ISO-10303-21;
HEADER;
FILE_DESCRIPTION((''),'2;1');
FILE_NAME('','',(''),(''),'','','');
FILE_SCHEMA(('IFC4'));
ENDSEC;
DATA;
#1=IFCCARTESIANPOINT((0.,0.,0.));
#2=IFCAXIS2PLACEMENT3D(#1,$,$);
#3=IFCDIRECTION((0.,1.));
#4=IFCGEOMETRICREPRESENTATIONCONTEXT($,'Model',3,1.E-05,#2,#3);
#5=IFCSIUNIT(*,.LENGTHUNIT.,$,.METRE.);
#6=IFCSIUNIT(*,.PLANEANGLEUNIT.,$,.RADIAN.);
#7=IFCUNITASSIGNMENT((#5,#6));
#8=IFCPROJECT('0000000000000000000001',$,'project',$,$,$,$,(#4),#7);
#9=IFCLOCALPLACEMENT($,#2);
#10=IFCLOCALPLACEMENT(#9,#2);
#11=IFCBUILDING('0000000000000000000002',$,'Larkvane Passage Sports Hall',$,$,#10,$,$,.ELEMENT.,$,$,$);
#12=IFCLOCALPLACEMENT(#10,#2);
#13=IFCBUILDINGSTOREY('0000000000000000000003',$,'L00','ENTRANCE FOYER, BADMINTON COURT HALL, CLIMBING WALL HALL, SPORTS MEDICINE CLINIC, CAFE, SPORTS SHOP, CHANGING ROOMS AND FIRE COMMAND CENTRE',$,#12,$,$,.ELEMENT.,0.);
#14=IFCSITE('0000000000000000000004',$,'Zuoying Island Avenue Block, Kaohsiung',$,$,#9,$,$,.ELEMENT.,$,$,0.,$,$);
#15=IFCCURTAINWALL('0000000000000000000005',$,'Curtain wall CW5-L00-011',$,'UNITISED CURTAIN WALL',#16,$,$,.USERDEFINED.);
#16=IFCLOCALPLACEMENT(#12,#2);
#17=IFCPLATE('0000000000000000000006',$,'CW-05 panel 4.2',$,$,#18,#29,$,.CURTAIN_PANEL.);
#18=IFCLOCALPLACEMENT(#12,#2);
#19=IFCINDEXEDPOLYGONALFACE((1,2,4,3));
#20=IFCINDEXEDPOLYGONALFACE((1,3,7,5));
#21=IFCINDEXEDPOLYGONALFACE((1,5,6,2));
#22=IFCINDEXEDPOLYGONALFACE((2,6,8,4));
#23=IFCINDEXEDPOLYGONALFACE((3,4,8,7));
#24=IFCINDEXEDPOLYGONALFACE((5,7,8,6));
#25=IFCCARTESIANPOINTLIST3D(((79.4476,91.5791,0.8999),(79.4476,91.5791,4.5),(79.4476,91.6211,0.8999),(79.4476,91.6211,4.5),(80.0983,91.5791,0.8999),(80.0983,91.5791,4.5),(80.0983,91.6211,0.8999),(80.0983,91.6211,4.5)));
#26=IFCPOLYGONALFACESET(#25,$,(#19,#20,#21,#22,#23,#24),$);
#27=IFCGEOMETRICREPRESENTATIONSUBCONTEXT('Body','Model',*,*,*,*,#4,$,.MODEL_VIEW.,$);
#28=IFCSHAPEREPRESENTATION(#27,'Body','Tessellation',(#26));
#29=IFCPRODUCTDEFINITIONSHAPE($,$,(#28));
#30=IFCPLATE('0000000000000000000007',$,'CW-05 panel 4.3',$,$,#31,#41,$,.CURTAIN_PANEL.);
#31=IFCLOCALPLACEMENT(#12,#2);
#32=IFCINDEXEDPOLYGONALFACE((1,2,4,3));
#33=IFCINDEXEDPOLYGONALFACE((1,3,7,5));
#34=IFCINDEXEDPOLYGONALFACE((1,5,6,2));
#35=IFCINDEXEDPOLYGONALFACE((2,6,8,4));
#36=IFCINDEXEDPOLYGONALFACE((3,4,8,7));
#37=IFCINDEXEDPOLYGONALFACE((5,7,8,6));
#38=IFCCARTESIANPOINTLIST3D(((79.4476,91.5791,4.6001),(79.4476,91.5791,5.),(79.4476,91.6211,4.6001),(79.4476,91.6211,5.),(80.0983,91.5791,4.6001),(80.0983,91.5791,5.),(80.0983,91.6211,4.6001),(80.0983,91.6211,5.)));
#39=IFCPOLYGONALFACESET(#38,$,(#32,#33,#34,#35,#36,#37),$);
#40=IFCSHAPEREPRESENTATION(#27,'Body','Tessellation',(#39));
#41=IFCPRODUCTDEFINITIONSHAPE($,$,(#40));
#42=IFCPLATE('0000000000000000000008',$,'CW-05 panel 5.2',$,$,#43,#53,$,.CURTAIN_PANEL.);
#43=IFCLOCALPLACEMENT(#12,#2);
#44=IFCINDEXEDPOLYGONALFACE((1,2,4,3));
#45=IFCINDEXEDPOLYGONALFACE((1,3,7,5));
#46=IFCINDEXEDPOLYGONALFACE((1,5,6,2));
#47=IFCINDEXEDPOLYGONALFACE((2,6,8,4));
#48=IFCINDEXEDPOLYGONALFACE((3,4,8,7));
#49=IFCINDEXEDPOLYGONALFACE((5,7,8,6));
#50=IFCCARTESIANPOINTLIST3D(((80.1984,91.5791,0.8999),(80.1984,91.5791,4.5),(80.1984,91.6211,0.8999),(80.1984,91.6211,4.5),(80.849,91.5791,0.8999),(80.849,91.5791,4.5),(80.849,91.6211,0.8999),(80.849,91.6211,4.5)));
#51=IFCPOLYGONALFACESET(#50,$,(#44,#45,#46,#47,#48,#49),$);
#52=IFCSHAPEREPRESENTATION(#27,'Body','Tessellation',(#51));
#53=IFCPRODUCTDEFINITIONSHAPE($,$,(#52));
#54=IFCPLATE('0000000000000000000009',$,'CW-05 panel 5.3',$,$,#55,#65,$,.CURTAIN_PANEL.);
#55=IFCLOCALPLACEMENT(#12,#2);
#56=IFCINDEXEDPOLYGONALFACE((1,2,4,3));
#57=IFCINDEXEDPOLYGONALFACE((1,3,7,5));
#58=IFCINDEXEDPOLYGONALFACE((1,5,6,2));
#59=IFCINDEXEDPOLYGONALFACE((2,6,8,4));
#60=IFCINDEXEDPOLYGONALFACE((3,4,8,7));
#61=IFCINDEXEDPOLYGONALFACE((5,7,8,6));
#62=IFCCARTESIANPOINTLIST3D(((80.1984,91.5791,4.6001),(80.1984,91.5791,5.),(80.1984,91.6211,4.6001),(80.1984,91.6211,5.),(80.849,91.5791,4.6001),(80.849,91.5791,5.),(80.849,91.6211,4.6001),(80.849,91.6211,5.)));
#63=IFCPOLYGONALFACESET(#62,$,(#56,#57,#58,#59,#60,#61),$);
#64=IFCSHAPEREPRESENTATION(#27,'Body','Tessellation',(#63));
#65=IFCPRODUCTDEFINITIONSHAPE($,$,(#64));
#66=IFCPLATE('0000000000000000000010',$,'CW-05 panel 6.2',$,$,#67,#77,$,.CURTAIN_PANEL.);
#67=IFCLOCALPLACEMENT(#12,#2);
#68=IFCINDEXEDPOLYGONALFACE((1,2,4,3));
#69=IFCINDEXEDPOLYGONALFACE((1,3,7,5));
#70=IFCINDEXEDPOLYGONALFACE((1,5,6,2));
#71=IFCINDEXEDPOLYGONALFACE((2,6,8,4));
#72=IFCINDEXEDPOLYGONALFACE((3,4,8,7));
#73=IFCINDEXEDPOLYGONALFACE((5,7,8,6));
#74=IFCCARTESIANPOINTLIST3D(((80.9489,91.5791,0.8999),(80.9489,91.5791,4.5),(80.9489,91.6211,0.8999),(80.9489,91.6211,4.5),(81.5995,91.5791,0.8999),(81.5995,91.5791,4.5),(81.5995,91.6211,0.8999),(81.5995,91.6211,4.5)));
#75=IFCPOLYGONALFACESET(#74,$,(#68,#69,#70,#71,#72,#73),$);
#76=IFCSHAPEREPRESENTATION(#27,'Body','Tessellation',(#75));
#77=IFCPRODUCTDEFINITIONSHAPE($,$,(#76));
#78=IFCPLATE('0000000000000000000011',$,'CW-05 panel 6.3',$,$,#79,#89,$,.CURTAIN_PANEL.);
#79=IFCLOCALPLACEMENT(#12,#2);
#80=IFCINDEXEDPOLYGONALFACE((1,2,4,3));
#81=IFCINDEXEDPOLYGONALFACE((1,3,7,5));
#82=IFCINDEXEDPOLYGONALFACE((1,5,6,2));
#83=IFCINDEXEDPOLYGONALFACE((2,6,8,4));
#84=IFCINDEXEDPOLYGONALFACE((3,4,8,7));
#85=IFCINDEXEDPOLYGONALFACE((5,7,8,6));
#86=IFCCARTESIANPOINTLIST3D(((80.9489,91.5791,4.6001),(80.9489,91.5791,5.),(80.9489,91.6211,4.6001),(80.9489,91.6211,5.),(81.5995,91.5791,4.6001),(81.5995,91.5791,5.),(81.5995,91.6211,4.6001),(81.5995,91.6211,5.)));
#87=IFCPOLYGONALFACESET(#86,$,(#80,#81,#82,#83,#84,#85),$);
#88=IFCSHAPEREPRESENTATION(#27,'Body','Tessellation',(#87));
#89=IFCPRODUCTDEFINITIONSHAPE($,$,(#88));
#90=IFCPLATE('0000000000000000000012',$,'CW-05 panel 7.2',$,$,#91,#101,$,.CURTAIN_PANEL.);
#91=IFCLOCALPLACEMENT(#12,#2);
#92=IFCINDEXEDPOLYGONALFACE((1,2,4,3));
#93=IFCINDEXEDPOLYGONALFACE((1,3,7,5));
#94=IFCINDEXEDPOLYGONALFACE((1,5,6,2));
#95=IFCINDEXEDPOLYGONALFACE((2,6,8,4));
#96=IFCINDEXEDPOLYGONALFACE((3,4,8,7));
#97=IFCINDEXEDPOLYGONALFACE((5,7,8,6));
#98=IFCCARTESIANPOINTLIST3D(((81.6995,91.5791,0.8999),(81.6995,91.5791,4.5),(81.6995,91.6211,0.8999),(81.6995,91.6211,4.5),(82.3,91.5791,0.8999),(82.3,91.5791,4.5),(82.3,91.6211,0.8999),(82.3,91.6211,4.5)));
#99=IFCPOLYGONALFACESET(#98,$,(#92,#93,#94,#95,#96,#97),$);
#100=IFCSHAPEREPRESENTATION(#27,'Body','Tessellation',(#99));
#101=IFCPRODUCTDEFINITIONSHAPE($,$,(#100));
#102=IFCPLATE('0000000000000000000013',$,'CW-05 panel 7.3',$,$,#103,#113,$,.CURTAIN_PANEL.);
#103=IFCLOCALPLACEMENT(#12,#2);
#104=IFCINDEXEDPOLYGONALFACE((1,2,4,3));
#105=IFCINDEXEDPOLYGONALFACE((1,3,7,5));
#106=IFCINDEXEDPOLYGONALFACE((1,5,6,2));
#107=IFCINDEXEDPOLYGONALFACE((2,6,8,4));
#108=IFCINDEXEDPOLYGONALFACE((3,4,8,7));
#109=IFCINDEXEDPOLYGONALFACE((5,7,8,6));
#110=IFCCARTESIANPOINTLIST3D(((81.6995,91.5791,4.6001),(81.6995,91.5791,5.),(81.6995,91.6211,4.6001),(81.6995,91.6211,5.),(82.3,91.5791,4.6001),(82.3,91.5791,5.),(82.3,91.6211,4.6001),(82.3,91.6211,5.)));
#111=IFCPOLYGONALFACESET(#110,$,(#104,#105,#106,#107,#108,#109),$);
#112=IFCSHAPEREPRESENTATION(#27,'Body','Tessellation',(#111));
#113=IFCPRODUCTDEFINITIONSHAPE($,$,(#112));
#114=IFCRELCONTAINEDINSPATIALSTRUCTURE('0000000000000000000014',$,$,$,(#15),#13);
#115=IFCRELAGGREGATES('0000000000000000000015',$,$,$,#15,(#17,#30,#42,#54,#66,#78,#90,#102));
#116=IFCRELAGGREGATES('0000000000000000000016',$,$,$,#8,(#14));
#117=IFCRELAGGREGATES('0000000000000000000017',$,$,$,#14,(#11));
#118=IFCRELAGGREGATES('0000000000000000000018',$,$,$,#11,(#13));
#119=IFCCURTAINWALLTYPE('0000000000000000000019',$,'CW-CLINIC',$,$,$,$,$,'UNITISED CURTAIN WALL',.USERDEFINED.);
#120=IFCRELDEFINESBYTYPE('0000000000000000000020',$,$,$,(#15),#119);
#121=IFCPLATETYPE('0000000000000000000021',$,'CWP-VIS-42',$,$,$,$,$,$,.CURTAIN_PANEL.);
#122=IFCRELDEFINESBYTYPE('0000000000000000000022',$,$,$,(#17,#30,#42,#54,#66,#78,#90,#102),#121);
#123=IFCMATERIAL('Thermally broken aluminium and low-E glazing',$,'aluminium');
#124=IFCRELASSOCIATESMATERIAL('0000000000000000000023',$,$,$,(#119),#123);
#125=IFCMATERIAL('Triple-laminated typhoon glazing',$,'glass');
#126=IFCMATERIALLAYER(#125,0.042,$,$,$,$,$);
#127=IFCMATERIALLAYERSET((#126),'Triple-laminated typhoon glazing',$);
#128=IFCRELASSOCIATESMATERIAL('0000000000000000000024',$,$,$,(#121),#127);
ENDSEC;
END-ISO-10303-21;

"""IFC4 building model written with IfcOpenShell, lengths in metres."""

from ifc_helpers import new_model, si_unit, direction, frame, origin, origin_2d, place, context, subcontext, project, spatial, rectangle, extrude, material, layer, layer_set, type_object, element, aggregate, save


model = new_model("IFC4")

# Units and contexts
model_context = context("Model", 3, precision=1e-05, world=origin(), true_north=direction((0.0, 1.0)))
body_context = subcontext(model_context, "Body", "Model", "MODEL_VIEW")
ifc_project = project(units=[si_unit("LENGTHUNIT", "METRE"), si_unit("PLANEANGLEUNIT", "RADIAN")], contexts=[model_context])

# Site, building, storey
site_placement = place(None, origin())
site = spatial("IfcSite", under=ifc_project, at=site_placement, Name="Zuoying Island Avenue Block, Kaohsiung", CompositionType="ELEMENT", RefElevation=0.0)
building_placement = place(site_placement, origin())
building = spatial("IfcBuilding", under=site, at=building_placement, Name="Larkvane Passage Sports Hall", CompositionType="ELEMENT")
storey_placement = place(building_placement, origin())
storey = spatial("IfcBuildingStorey", under=building, at=storey_placement, Name="L00", Description="ENTRANCE FOYER, BADMINTON COURT HALL, CLIMBING WALL HALL, SPORTS MEDICINE CLINIC, CAFE, SPORTS SHOP, CHANGING ROOMS AND FIRE COMMAND CENTRE", CompositionType="ELEMENT", Elevation=0.0)

# Curtain wall, plates
ifc_material_1 = material(Name="Thermally broken aluminium and low-E glazing", Category="aluminium")
curtain_wall_type = type_object("IfcCurtainWallType", Name="CW-CLINIC", ElementType="UNITISED CURTAIN WALL", PredefinedType="USERDEFINED", material=ifc_material_1)
curtain_wall_placement = place(storey_placement, origin())
curtain_wall = element("IfcCurtainWall", 1, at=curtain_wall_placement, inside=storey, type_object=curtain_wall_type, Name="Curtain wall CW5-L00-011", ObjectType="UNITISED CURTAIN WALL", PredefinedType="USERDEFINED")
ifc_material_2 = material(Name="Triple-laminated typhoon glazing", Category="glass")
ifc_layer = layer(ifc_material_2, 0.042)
ifc_layer_set = layer_set([ifc_layer], Name="Triple-laminated typhoon glazing")
plate_type = type_object("IfcPlateType", Name="CWP-VIS-42", PredefinedType="CURTAIN_PANEL", material=ifc_layer_set)
plate_1_placement = place(storey_placement, frame((79.7729, 91.6001, 0.8999), z_axis=(0.0, 0.0, 1.0), x_axis=(1.0, 0.0, 0.0)))
plate_1 = element("IfcPlate", 2, at=plate_1_placement, type_object=plate_type, Name="CW-05 panel 4.2", PredefinedType="CURTAIN_PANEL", context=body_context, shape_type="SweptSolid", body=[
    extrude(rectangle(XDim=0.6506, YDim=0.042, at=origin_2d()), origin(), (0.0, 0.0, 1.0), 3.6001),
])
plate_2_placement = place(storey_placement, frame((79.7729, 91.6001, 4.6001), z_axis=(0.0, 0.0, 1.0), x_axis=(1.0, 0.0, 0.0)))
plate_2 = element("IfcPlate", 3, at=plate_2_placement, type_object=plate_type, Name="CW-05 panel 4.3", PredefinedType="CURTAIN_PANEL", context=body_context, shape_type="SweptSolid", body=[
    extrude(rectangle(XDim=0.6506, YDim=0.042, at=origin_2d()), origin(), (0.0, 0.0, 1.0), 0.3999),
])
plate_3_placement = place(storey_placement, frame((80.5237, 91.6001, 0.8999), z_axis=(0.0, 0.0, 1.0), x_axis=(1.0, 0.0, 0.0)))
plate_3 = element("IfcPlate", 4, at=plate_3_placement, type_object=plate_type, Name="CW-05 panel 5.2", PredefinedType="CURTAIN_PANEL", context=body_context, shape_type="SweptSolid", body=[
    extrude(rectangle(XDim=0.6506, YDim=0.042, at=origin_2d()), origin(), (0.0, 0.0, 1.0), 3.6001),
])
plate_4_placement = place(storey_placement, frame((80.5237, 91.6001, 4.6001), z_axis=(0.0, 0.0, 1.0), x_axis=(1.0, 0.0, 0.0)))
plate_4 = element("IfcPlate", 5, at=plate_4_placement, type_object=plate_type, Name="CW-05 panel 5.3", PredefinedType="CURTAIN_PANEL", context=body_context, shape_type="SweptSolid", body=[
    extrude(rectangle(XDim=0.6506, YDim=0.042, at=origin_2d()), origin(), (0.0, 0.0, 1.0), 0.3999),
])
plate_5_placement = place(storey_placement, frame((81.2742, 91.6001, 0.8999), z_axis=(0.0, 0.0, 1.0), x_axis=(1.0, 0.0, 0.0)))
plate_5 = element("IfcPlate", 6, at=plate_5_placement, type_object=plate_type, Name="CW-05 panel 6.2", PredefinedType="CURTAIN_PANEL", context=body_context, shape_type="SweptSolid", body=[
    extrude(rectangle(XDim=0.6506, YDim=0.042, at=origin_2d()), origin(), (0.0, 0.0, 1.0), 3.6001),
])
plate_6_placement = place(storey_placement, frame((81.2742, 91.6001, 4.6001), z_axis=(0.0, 0.0, 1.0), x_axis=(1.0, 0.0, 0.0)))
plate_6 = element("IfcPlate", 7, at=plate_6_placement, type_object=plate_type, Name="CW-05 panel 6.3", PredefinedType="CURTAIN_PANEL", context=body_context, shape_type="SweptSolid", body=[
    extrude(rectangle(XDim=0.6506, YDim=0.042, at=origin_2d()), origin(), (0.0, 0.0, 1.0), 0.3999),
])
plate_7_placement = place(storey_placement, frame((81.9998, 91.6001, 0.8999), z_axis=(0.0, 0.0, 1.0), x_axis=(1.0, 0.0, 0.0)))
plate_7 = element("IfcPlate", 8, at=plate_7_placement, type_object=plate_type, Name="CW-05 panel 7.2", PredefinedType="CURTAIN_PANEL", context=body_context, shape_type="SweptSolid", body=[
    extrude(rectangle(XDim=0.6006, YDim=0.042, at=origin_2d()), origin(), (0.0, 0.0, 1.0), 3.6001),
])
plate_8_placement = place(storey_placement, frame((81.9998, 91.6001, 4.6001), z_axis=(0.0, 0.0, 1.0), x_axis=(1.0, 0.0, 0.0)))
plate_8 = element("IfcPlate", 9, at=plate_8_placement, type_object=plate_type, Name="CW-05 panel 7.3", PredefinedType="CURTAIN_PANEL", context=body_context, shape_type="SweptSolid", body=[
    extrude(rectangle(XDim=0.6006, YDim=0.042, at=origin_2d()), origin(), (0.0, 0.0, 1.0), 0.3999),
])
aggregate(curtain_wall, [plate_1, plate_2, plate_3, plate_4, plate_5, plate_6, plate_7, plate_8])

save(model, "model.ifc")
